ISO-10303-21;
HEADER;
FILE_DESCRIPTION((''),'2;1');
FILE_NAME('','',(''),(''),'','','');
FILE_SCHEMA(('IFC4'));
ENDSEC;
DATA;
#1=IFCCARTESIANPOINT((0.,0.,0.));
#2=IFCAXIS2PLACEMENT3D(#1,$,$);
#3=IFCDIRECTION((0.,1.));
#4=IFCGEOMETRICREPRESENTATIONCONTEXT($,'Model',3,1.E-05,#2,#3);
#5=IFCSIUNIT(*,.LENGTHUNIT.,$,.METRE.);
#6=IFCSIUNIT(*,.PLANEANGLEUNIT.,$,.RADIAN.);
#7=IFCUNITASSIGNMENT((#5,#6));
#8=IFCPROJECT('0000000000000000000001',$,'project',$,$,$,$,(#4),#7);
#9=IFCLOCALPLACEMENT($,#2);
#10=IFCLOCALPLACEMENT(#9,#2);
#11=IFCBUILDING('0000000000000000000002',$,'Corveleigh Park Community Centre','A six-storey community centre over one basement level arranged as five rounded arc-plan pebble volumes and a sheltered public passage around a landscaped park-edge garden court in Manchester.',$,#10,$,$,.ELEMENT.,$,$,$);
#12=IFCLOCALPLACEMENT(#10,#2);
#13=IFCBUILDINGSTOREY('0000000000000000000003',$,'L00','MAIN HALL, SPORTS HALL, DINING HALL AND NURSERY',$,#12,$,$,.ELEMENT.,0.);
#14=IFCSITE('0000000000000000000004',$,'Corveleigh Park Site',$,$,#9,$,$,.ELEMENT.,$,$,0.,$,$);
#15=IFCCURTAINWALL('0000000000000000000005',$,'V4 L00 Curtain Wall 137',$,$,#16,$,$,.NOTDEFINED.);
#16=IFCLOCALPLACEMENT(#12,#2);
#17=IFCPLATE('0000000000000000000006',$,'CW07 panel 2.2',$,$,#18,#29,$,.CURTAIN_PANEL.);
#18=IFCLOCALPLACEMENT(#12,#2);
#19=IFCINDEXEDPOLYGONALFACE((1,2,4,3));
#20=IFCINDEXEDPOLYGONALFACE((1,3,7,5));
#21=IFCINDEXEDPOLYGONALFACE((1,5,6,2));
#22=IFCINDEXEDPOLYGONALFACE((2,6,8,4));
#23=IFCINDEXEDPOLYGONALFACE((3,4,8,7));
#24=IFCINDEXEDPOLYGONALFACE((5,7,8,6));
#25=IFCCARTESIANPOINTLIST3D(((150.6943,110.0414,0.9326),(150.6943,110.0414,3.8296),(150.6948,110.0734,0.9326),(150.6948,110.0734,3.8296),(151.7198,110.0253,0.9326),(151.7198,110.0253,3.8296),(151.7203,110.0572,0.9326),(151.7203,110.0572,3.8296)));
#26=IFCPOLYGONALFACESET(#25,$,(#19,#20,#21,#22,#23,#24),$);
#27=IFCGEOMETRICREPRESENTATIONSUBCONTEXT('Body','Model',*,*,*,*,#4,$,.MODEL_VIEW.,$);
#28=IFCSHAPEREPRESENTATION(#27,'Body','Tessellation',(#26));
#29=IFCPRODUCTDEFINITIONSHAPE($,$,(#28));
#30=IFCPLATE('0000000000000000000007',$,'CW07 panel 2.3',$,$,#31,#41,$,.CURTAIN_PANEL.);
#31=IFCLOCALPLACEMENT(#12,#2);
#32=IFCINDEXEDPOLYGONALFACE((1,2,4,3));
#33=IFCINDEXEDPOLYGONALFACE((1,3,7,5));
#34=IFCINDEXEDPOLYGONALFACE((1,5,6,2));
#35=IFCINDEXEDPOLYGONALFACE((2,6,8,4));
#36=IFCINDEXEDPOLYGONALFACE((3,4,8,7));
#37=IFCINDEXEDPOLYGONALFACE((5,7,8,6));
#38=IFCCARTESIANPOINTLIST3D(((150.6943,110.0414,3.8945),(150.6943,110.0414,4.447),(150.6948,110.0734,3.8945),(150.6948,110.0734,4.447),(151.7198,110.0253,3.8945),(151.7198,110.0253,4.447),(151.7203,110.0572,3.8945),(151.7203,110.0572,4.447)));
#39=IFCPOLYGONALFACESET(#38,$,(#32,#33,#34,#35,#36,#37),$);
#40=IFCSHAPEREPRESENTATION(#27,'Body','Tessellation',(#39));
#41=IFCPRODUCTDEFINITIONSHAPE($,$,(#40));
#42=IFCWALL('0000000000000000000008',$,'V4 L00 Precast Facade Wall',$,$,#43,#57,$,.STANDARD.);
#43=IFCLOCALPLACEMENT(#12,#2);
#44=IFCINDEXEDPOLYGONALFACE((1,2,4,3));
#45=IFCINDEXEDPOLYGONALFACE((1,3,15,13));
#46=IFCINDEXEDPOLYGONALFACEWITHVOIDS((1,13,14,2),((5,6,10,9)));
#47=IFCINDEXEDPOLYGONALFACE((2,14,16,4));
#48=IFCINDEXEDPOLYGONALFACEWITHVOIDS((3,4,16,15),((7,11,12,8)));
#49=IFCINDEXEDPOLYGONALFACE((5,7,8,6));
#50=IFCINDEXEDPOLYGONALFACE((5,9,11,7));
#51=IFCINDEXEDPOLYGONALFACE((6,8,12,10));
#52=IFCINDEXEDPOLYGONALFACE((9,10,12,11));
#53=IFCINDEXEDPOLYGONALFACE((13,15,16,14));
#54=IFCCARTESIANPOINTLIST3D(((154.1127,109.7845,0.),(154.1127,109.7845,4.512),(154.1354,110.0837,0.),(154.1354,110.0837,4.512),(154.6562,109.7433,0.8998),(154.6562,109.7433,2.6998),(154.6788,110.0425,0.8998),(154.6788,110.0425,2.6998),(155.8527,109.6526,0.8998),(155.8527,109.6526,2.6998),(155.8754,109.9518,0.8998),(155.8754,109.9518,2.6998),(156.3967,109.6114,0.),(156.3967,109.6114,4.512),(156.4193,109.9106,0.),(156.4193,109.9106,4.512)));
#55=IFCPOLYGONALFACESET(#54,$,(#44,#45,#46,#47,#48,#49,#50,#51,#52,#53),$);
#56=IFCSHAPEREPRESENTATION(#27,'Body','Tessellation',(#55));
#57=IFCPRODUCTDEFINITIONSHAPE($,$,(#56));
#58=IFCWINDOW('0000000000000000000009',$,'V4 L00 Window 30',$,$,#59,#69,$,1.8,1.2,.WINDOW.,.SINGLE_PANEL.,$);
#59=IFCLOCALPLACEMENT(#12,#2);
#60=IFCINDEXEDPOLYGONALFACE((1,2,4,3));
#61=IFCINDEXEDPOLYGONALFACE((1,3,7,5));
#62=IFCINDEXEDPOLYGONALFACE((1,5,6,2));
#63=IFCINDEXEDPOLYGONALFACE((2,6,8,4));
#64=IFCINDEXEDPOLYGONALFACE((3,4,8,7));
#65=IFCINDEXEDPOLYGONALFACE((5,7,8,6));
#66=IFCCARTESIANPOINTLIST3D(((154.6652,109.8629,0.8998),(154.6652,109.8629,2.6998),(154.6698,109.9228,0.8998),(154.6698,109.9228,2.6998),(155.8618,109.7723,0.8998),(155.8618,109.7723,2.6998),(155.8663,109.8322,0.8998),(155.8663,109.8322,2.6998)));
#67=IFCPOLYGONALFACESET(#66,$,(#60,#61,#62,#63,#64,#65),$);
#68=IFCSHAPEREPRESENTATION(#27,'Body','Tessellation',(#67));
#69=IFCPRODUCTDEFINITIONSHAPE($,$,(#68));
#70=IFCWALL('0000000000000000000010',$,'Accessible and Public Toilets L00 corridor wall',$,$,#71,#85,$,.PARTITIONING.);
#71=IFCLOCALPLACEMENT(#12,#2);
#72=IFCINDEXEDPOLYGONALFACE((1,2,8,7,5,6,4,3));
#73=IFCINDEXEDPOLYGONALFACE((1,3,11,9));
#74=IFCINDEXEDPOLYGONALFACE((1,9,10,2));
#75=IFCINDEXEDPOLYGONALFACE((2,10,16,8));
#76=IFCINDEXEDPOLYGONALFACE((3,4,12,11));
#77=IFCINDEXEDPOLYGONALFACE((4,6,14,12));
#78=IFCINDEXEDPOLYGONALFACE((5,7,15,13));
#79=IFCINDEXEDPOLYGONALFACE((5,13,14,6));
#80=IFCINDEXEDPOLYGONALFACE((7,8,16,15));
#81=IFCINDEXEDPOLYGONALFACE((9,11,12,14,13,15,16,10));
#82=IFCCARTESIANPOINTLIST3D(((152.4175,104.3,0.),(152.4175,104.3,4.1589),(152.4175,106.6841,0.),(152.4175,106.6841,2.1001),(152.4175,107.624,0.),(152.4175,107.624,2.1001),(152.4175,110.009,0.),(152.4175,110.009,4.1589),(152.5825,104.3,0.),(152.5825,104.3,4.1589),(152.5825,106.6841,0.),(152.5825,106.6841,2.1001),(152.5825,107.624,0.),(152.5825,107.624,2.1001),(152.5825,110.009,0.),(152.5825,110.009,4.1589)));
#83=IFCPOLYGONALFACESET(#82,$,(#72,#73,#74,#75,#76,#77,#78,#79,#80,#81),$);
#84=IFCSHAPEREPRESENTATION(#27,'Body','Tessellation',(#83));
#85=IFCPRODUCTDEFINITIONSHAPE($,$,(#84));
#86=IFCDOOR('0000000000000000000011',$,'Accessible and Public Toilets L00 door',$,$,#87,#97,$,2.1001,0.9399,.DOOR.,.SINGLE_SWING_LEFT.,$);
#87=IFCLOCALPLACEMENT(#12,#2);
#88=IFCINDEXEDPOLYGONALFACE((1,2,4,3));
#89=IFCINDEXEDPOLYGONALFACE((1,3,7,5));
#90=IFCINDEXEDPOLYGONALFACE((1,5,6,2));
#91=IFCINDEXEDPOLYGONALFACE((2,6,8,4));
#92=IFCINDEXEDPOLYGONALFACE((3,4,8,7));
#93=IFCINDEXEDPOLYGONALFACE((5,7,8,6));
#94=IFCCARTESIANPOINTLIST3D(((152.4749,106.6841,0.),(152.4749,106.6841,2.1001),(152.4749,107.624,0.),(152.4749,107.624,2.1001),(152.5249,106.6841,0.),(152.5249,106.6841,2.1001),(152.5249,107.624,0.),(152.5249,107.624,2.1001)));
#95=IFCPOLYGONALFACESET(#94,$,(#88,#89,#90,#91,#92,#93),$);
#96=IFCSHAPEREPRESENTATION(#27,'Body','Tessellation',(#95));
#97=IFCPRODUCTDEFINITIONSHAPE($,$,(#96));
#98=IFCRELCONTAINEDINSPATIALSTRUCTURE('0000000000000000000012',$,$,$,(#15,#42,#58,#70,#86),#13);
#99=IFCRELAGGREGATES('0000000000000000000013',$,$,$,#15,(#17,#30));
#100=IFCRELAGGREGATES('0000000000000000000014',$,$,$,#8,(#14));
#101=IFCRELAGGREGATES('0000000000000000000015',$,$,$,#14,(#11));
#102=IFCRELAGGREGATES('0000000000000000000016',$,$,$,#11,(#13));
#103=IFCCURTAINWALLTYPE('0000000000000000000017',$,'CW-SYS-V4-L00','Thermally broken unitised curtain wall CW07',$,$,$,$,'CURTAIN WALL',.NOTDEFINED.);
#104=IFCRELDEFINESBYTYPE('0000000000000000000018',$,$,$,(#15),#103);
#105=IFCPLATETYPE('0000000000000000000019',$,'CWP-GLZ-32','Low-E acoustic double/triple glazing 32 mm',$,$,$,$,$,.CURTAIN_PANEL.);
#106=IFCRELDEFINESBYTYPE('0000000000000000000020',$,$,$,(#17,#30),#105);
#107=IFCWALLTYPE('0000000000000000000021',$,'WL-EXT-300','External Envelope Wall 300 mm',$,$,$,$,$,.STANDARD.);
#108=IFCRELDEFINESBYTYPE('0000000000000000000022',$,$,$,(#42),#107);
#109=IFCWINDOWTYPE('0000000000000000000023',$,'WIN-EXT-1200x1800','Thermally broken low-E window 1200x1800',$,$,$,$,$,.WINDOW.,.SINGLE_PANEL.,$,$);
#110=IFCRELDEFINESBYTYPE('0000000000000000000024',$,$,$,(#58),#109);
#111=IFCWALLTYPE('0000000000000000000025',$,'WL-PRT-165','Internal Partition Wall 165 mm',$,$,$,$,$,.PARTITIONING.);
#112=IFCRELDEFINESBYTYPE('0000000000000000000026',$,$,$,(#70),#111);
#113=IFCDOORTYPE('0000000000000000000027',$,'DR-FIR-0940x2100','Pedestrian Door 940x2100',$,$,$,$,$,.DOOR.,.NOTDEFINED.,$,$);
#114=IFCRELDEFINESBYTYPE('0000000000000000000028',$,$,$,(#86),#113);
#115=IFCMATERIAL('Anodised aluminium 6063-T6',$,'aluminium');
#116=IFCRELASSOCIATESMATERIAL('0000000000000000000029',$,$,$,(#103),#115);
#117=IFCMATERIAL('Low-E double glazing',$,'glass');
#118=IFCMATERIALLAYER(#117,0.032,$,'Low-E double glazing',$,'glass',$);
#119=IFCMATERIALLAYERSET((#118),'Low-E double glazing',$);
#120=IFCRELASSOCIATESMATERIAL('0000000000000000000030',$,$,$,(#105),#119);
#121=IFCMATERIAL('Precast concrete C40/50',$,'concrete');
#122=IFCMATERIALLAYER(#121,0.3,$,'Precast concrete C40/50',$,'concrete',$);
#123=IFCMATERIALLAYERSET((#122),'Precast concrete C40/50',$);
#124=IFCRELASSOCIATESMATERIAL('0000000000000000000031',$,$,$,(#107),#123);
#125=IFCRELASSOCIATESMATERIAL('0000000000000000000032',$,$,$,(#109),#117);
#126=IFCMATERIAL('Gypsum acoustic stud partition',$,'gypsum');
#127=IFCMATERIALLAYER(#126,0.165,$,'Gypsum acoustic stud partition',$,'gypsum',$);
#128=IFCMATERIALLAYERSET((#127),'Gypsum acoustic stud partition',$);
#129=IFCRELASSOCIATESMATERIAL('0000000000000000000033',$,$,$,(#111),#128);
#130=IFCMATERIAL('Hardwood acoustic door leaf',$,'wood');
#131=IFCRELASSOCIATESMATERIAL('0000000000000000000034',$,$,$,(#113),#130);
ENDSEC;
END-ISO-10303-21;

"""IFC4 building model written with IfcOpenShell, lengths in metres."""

from ifc_helpers import new_model, si_unit, direction, frame, frame_2d, origin, origin_2d, place, context, subcontext, project, spatial, rectangle, extrude, material, layer, layer_set, type_object, element, fill, aggregate, save


model = new_model("IFC4")

# Units and contexts
model_context = context("Model", 3, precision=1e-05, world=origin(), true_north=direction((0.0, 1.0)))
body_context = subcontext(model_context, "Body", "Model", "MODEL_VIEW")
ifc_project = project(units=[si_unit("LENGTHUNIT", "METRE"), si_unit("PLANEANGLEUNIT", "RADIAN")], contexts=[model_context])

# Site, building, storey
site_placement = place(None, origin())
site = spatial("IfcSite", under=ifc_project, at=site_placement, Name="Corveleigh Park Site", CompositionType="ELEMENT", RefElevation=0.0)
building_placement = place(site_placement, origin())
building = spatial("IfcBuilding", under=site, at=building_placement, Name="Corveleigh Park Community Centre", Description="A six-storey community centre over one basement level arranged as five rounded arc-plan pebble volumes and a sheltered public passage around a landscaped park-edge garden court in Manchester.", CompositionType="ELEMENT")
storey_placement = place(building_placement, origin())
storey = spatial("IfcBuildingStorey", under=building, at=storey_placement, Name="L00", Description="MAIN HALL, SPORTS HALL, DINING HALL AND NURSERY", CompositionType="ELEMENT", Elevation=0.0)

# Shared definitions
ifc_material_1 = material(Name="Anodised aluminium 6063-T6", Category="aluminium")
curtain_wall_type = type_object("IfcCurtainWallType", Name="CW-SYS-V4-L00", Description="Thermally broken unitised curtain wall CW07", ElementType="CURTAIN WALL", PredefinedType="NOTDEFINED", material=ifc_material_1)

# Curtain wall
curtain_wall_1_placement = place(storey_placement, origin())
curtain_wall_1 = element("IfcCurtainWall", 1, at=curtain_wall_1_placement, inside=storey, type_object=curtain_wall_type, Name="V4 L00 Curtain Wall 137", PredefinedType="NOTDEFINED")

# Plates
ifc_material_2 = material(Name="Low-E double glazing", Category="glass")
ifc_layer_1 = layer(ifc_material_2, 0.032, Name="Low-E double glazing", Category="glass")
ifc_layer_set_1 = layer_set([ifc_layer_1], Name="Low-E double glazing")
plate_type_1 = type_object("IfcPlateType", Name="CWP-GLZ-32", Description="Low-E acoustic double/triple glazing 32 mm", PredefinedType="CURTAIN_PANEL", material=ifc_layer_set_1)
plate_1_placement = place(storey_placement, frame((151.2073, 110.0493, 0.9326), z_axis=(0.0, 0.0, 1.0), x_axis=(0.999877, -0.015712, 0.0)))
plate_1 = element("IfcPlate", 2, at=plate_1_placement, type_object=plate_type_1, Name="CW07 panel 2.2", PredefinedType="CURTAIN_PANEL", context=body_context, shape_type="SweptSolid", body=[
    extrude(rectangle(XDim=1.0256, YDim=0.032, at=origin_2d()), origin(), (0.0, 0.0, 1.0), 2.897),
])
plate_2_placement = place(storey_placement, frame((151.2073, 110.0493, 3.8945), z_axis=(0.0, 0.0, 1.0), x_axis=(0.999877, -0.015712, 0.0)))
plate_2 = element("IfcPlate", 3, at=plate_2_placement, type_object=plate_type_1, Name="CW07 panel 2.3", PredefinedType="CURTAIN_PANEL", context=body_context, shape_type="SweptSolid", body=[
    extrude(rectangle(XDim=1.0256, YDim=0.032, at=origin_2d()), origin(), (0.0, 0.0, 1.0), 0.5525),
])
aggregate(curtain_wall_1, [plate_1, plate_2])

# Wall, opening, window
ifc_material_3 = material(Name="Precast concrete C40/50", Category="concrete")
ifc_layer_2 = layer(ifc_material_3, 0.3, Name="Precast concrete C40/50", Category="concrete")
ifc_layer_set_2 = layer_set([ifc_layer_2], Name="Precast concrete C40/50")
wall_type_1 = type_object("IfcWallType", Name="WL-EXT-300", Description="External Envelope Wall 300 mm", PredefinedType="STANDARD", material=ifc_layer_set_2)
wall_1_placement = place(storey_placement, frame((154.124, 109.9341, 0.0), z_axis=(0.0, 0.0, 1.0), x_axis=(0.99714, -0.075572, 0.0)))
wall_1 = element("IfcWall", 4, at=wall_1_placement, inside=storey, type_object=wall_type_1, Name="V4 L00 Precast Facade Wall", PredefinedType="STANDARD", context=body_context, shape_type="SweptSolid", body=[
    extrude(rectangle(XDim=2.2905, YDim=0.3, at=frame_2d((1.1453, 0.0))), origin(), (0.0, 0.0, 1.0), 4.512),
])
opening_1_placement = place(wall_1_placement, frame((0.5449, 0.0, 0.8999)))
opening_1 = element("IfcOpeningElement", 5, at=opening_1_placement, cuts=wall_1, PredefinedType="OPENING", context=body_context, shape_type="SweptSolid", body=[
    extrude(rectangle(XDim=1.2, YDim=1.8, at=frame_2d((0.6001, 0.8999))), frame((0.0, 0.1599, 0.0), z_axis=(0.0, -1.0, 0.0), x_axis=(1.0, 0.0, 0.0)), (0.0, 0.0, 1.0), 0.3201),
])
window_type = type_object("IfcWindowType", Name="WIN-EXT-1200x1800", Description="Thermally broken low-E window 1200x1800", PartitioningType="SINGLE_PANEL", PredefinedType="WINDOW", material=ifc_material_2)
window_placement = place(opening_1_placement, origin())
window = element("IfcWindow", 6, at=window_placement, inside=storey, type_object=window_type, Name="V4 L00 Window 30", OverallHeight=1.8, OverallWidth=1.2, PartitioningType="SINGLE_PANEL", PredefinedType="WINDOW", context=body_context, shape_type="SweptSolid", body=[
    extrude(rectangle(XDim=1.2, YDim=1.8, at=frame_2d((0.6001, 0.8999))), frame((0.0, 0.03, 0.0), z_axis=(0.0, -1.0, 0.0), x_axis=(1.0, 0.0, 0.0)), (0.0, 0.0, 1.0), 0.0601),
])
fill(opening_1, window)

# Wall, opening, door
ifc_material_4 = material(Name="Gypsum acoustic stud partition", Category="gypsum")
ifc_layer_3 = layer(ifc_material_4, 0.165, Name="Gypsum acoustic stud partition", Category="gypsum")
ifc_layer_set_3 = layer_set([ifc_layer_3], Name="Gypsum acoustic stud partition")
wall_type_2 = type_object("IfcWallType", Name="WL-PRT-165", Description="Internal Partition Wall 165 mm", PredefinedType="PARTITIONING", material=ifc_layer_set_3)
wall_2_placement = place(storey_placement, frame((152.5, 110.009, 0.0), z_axis=(0.0, 0.0, 1.0), x_axis=(0.0, -1.0, 0.0)))
wall_2 = element("IfcWall", 7, at=wall_2_placement, inside=storey, type_object=wall_type_2, Name="Accessible and Public Toilets L00 corridor wall", PredefinedType="PARTITIONING", context=body_context, shape_type="SweptSolid", body=[
    extrude(rectangle(XDim=5.709, YDim=0.165, at=frame_2d((2.8545, 0.0))), origin(), (0.0, 0.0, 1.0), 4.1589),
])
opening_2_placement = place(wall_2_placement, frame((2.385, 0.0, 0.0)))
opening_2 = element("IfcOpeningElement", 8, at=opening_2_placement, cuts=wall_2, PredefinedType="OPENING", context=body_context, shape_type="SweptSolid", body=[
    extrude(rectangle(XDim=0.9399, YDim=2.1001, at=frame_2d((0.47, 1.05))), frame((0.0, 0.0925, 0.0), z_axis=(0.0, -1.0, 0.0), x_axis=(1.0, 0.0, 0.0)), (0.0, 0.0, 1.0), 0.1851),
])
ifc_material_5 = material(Name="Hardwood acoustic door leaf", Category="wood")
door_type = type_object("IfcDoorType", Name="DR-FIR-0940x2100", Description="Pedestrian Door 940x2100", OperationType="NOTDEFINED", PredefinedType="DOOR", material=ifc_material_5)
door_placement = place(opening_2_placement, origin())
door = element("IfcDoor", 9, at=door_placement, inside=storey, type_object=door_type, Name="Accessible and Public Toilets L00 door", OperationType="SINGLE_SWING_LEFT", OverallHeight=2.1001, OverallWidth=0.9399, PredefinedType="DOOR", context=body_context, shape_type="SweptSolid", body=[
    extrude(rectangle(XDim=0.9399, YDim=2.1001, at=frame_2d((0.47, 1.05))), frame((0.0, 0.0249, 0.0), z_axis=(0.0, -1.0, 0.0), x_axis=(1.0, 0.0, 0.0)), (0.0, 0.0, 1.0), 0.05),
])
fill(opening_2, door)

save(model, "model.ifc")
